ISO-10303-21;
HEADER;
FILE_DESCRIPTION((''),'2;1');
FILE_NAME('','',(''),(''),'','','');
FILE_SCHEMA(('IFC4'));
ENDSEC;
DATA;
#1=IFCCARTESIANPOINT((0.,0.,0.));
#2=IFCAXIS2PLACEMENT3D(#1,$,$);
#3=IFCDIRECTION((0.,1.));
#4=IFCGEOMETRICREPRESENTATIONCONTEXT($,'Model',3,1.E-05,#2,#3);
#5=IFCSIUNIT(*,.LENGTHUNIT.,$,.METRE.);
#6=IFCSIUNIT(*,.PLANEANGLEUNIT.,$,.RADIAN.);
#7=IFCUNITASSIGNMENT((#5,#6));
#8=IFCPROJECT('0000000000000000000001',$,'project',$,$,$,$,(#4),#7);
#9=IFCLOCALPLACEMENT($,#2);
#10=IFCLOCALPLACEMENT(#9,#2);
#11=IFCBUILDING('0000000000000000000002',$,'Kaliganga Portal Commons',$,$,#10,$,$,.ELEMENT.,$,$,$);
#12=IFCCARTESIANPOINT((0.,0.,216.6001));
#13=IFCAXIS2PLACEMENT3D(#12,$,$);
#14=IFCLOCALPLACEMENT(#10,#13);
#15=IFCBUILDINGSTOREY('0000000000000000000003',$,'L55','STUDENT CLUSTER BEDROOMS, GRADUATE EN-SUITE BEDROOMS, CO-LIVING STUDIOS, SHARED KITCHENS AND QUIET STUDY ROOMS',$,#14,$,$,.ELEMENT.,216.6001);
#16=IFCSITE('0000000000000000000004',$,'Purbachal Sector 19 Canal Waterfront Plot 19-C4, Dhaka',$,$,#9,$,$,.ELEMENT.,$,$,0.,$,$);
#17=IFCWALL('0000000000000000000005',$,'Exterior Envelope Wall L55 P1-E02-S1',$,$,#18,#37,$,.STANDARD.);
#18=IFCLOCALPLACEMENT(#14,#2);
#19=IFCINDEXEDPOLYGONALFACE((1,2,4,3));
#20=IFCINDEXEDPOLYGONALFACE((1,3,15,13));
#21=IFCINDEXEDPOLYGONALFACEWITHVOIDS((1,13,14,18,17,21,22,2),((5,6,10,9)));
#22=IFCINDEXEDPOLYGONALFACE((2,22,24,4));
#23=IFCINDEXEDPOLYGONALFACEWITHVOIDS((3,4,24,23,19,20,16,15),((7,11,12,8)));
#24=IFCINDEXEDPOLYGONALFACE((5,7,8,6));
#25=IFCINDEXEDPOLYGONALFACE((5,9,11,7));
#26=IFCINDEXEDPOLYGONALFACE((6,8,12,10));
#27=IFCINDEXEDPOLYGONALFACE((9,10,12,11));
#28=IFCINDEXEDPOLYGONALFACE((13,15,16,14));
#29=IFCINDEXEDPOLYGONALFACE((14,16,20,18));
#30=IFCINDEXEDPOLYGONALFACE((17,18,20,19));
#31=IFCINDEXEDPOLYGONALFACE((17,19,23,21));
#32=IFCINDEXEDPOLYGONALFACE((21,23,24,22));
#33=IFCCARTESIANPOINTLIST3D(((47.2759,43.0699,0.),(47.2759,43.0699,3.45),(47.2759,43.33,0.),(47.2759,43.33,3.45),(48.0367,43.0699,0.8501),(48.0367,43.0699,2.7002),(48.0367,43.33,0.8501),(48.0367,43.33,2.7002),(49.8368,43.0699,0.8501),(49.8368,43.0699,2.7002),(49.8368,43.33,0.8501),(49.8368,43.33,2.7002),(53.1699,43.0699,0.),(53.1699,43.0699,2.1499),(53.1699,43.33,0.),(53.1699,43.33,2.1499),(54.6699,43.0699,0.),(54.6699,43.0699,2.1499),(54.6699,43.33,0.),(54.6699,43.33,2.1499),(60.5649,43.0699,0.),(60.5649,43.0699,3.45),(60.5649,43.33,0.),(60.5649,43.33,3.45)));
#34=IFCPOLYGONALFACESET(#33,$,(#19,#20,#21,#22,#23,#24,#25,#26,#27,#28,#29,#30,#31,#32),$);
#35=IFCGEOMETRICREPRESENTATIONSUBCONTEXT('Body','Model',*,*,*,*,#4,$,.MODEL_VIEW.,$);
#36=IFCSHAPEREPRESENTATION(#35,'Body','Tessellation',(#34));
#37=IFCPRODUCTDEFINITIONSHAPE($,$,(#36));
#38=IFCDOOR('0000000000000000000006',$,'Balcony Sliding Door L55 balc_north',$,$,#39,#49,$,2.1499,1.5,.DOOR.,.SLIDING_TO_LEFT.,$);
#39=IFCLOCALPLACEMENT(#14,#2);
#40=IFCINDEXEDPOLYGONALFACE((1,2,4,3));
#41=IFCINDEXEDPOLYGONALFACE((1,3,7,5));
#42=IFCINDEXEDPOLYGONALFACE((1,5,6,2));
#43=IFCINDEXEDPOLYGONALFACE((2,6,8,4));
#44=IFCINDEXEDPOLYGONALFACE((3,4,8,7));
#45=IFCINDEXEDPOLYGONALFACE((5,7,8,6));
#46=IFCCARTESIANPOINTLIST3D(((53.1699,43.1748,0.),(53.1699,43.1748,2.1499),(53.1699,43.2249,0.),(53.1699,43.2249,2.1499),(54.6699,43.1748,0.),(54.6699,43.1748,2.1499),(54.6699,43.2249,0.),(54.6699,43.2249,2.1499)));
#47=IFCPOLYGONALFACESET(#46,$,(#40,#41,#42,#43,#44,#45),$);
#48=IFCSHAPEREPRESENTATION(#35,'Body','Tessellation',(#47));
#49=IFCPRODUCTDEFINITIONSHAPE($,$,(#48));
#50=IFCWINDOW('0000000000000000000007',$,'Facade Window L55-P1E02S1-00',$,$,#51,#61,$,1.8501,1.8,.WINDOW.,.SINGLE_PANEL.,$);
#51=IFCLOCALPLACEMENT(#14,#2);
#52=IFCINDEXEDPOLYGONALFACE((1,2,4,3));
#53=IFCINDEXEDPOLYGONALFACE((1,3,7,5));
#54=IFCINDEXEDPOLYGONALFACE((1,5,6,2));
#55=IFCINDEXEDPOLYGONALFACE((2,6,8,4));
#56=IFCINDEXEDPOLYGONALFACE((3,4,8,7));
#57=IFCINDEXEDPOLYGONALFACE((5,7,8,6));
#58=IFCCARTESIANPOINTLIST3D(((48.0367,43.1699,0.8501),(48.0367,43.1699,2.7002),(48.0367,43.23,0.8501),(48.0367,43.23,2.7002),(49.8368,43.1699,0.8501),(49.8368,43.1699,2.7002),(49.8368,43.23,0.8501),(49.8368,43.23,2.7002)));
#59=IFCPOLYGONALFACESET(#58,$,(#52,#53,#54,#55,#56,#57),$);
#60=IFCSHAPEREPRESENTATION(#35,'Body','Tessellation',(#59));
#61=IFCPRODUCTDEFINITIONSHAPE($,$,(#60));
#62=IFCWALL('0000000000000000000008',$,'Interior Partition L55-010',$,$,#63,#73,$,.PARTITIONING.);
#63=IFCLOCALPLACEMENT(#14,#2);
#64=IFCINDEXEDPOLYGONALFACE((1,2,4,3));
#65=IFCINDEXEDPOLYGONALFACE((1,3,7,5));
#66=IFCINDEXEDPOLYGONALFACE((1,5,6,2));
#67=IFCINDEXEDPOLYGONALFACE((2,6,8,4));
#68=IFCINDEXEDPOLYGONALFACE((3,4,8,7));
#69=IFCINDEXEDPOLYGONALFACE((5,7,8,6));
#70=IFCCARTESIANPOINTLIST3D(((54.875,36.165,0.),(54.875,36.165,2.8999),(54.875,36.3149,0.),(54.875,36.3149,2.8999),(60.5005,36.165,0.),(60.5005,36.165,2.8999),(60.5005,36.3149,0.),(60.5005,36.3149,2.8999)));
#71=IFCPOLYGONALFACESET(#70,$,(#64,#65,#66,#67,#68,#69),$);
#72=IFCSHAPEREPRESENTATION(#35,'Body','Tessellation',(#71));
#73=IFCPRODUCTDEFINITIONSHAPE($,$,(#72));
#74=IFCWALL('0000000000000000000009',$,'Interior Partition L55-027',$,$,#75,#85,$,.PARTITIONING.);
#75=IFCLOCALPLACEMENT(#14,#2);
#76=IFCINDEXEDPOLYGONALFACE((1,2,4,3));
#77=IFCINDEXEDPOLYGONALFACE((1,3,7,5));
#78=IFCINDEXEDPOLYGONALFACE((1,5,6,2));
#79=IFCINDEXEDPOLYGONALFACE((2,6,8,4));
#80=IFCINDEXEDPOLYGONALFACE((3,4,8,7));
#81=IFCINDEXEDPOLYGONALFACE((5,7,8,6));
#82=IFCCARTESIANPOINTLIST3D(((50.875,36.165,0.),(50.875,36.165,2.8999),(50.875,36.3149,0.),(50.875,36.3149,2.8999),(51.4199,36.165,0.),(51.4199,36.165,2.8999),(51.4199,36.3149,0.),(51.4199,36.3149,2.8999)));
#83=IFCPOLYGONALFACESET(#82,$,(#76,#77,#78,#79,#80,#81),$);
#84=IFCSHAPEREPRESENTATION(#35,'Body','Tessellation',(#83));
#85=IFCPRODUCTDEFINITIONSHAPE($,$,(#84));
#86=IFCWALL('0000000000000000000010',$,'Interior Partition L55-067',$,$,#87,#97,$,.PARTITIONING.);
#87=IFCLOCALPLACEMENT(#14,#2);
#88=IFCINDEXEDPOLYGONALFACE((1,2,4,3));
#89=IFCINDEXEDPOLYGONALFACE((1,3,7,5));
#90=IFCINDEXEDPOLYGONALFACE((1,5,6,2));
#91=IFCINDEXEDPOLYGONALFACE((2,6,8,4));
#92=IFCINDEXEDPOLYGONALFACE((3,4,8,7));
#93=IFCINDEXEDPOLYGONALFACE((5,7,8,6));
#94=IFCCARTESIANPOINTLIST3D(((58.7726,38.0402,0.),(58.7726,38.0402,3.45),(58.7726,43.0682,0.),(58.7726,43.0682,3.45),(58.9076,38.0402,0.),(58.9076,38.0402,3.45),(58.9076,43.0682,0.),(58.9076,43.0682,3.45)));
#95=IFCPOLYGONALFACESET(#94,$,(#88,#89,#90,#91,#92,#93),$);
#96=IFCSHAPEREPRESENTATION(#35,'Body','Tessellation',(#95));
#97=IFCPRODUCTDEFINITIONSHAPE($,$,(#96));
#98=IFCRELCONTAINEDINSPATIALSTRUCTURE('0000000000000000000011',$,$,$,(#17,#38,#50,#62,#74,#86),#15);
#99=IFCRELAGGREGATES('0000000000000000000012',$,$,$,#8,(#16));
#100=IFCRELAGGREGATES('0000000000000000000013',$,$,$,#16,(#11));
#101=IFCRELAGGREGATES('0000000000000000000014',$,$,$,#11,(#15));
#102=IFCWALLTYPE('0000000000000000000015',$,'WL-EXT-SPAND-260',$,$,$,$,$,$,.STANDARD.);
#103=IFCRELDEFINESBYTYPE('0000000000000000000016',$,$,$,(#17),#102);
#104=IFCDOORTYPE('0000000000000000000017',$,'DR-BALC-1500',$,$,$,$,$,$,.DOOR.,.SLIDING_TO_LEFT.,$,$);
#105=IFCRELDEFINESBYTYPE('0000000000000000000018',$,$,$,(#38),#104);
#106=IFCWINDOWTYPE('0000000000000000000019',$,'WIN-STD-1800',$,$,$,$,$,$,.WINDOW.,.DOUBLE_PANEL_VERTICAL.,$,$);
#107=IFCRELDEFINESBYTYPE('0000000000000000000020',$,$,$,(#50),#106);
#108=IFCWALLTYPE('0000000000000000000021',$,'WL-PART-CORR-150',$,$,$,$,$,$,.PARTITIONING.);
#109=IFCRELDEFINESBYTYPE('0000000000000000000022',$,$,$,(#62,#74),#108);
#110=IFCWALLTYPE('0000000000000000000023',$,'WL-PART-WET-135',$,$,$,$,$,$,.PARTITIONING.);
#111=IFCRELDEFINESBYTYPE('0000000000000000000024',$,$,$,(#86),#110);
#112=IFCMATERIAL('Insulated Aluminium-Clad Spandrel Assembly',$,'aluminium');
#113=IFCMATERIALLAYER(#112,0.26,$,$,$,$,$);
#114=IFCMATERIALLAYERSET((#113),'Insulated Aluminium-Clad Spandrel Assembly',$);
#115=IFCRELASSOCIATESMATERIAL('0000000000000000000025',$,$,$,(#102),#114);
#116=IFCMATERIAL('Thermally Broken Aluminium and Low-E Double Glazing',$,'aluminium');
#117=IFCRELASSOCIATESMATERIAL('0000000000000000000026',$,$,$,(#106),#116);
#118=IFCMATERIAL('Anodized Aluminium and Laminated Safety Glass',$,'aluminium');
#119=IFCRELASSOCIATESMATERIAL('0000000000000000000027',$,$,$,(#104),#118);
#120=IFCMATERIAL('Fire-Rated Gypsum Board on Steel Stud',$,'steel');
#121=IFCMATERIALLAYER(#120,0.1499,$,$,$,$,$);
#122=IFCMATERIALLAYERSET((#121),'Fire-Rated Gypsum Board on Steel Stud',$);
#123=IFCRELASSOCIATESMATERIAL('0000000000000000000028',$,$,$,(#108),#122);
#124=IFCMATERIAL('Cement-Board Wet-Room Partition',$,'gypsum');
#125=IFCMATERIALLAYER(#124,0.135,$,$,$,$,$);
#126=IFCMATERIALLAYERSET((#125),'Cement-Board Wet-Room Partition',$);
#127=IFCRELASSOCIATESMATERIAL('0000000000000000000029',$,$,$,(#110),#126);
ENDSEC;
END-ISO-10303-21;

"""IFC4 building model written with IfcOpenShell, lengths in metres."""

from ifc_helpers import new_model, si_unit, direction, frame, frame_2d, origin, place, context, subcontext, project, spatial, rectangle, extrude, material, layer, layer_set, type_object, element, fill, save


model = new_model("IFC4")

# Units and contexts
model_context = context("Model", 3, precision=1e-05, world=origin(), true_north=direction((0.0, 1.0)))
body_context = subcontext(model_context, "Body", "Model", "MODEL_VIEW")
ifc_project = project(units=[si_unit("LENGTHUNIT", "METRE"), si_unit("PLANEANGLEUNIT", "RADIAN")], contexts=[model_context])

# Site, building, storey
site_placement = place(None, origin())
site = spatial("IfcSite", under=ifc_project, at=site_placement, Name="Purbachal Sector 19 Canal Waterfront Plot 19-C4, Dhaka", CompositionType="ELEMENT", RefElevation=0.0)
building_placement = place(site_placement, origin())
building = spatial("IfcBuilding", under=site, at=building_placement, Name="Kaliganga Portal Commons", CompositionType="ELEMENT")
storey_placement = place(building_placement, frame((0.0, 0.0, 216.6001)))
storey = spatial("IfcBuildingStorey", under=building, at=storey_placement, Name="L55", Description="STUDENT CLUSTER BEDROOMS, GRADUATE EN-SUITE BEDROOMS, CO-LIVING STUDIOS, SHARED KITCHENS AND QUIET STUDY ROOMS", CompositionType="ELEMENT", Elevation=216.6001)

# Shared definitions
ifc_material_1 = material(Name="Insulated Aluminium-Clad Spandrel Assembly", Category="aluminium")
ifc_layer_1 = layer(ifc_material_1, 0.26)
ifc_layer_set_1 = layer_set([ifc_layer_1], Name="Insulated Aluminium-Clad Spandrel Assembly")
wall_type_1 = type_object("IfcWallType", Name="WL-EXT-SPAND-260", PredefinedType="STANDARD", material=ifc_layer_set_1)
ifc_material_2 = material(Name="Thermally Broken Aluminium and Low-E Double Glazing", Category="aluminium")
window_type_1 = type_object("IfcWindowType", Name="WIN-STD-1800", PartitioningType="DOUBLE_PANEL_VERTICAL", PredefinedType="WINDOW", material=ifc_material_2)

# Wall, openings, door, window
wall_1_placement = place(storey_placement, frame((47.2759, 43.2, 0.0), z_axis=(0.0, 0.0, 1.0), x_axis=(1.0, 0.0, 0.0)))
wall_1 = element("IfcWall", 1, at=wall_1_placement, inside=storey, type_object=wall_type_1, Name="Exterior Envelope Wall L55 P1-E02-S1", PredefinedType="STANDARD", context=body_context, shape_type="SweptSolid", body=[
    extrude(rectangle(XDim=13.2891, YDim=0.26, at=frame_2d((6.6445, 0.0))), origin(), (0.0, 0.0, 1.0), 3.45),
])
opening_1_placement = place(wall_1_placement, frame((5.894, 0.0, 0.0)))
opening_1 = element("IfcOpeningElement", 2, at=opening_1_placement, cuts=wall_1, PredefinedType="OPENING", context=body_context, shape_type="SweptSolid", body=[
    extrude(rectangle(XDim=1.5, YDim=2.1499, at=frame_2d((0.75, 1.075))), frame((0.0, 0.1401, 0.0), z_axis=(0.0, -1.0, 0.0), x_axis=(1.0, 0.0, 0.0)), (0.0, 0.0, 1.0), 0.28),
])
opening_2_placement = place(wall_1_placement, frame((0.761, 0.0, 0.8501)))
opening_2 = element("IfcOpeningElement", 3, at=opening_2_placement, cuts=wall_1, PredefinedType="OPENING", context=body_context, shape_type="SweptSolid", body=[
    extrude(rectangle(XDim=1.8, YDim=1.8501, at=frame_2d((0.8999, 0.925))), frame((0.0, 0.1401, 0.0), z_axis=(0.0, -1.0, 0.0), x_axis=(1.0, 0.0, 0.0)), (0.0, 0.0, 1.0), 0.28),
])
ifc_material_3 = material(Name="Anodized Aluminium and Laminated Safety Glass", Category="aluminium")
door_type_1 = type_object("IfcDoorType", Name="DR-BALC-1500", OperationType="SLIDING_TO_LEFT", PredefinedType="DOOR", material=ifc_material_3)
door_1_placement = place(opening_1_placement, origin())
door_1 = element("IfcDoor", 4, at=door_1_placement, inside=storey, type_object=door_type_1, Name="Balcony Sliding Door L55 balc_north", OperationType="SLIDING_TO_LEFT", OverallHeight=2.1499, OverallWidth=1.5, PredefinedType="DOOR", context=body_context, shape_type="SweptSolid", body=[
    extrude(rectangle(XDim=1.5, YDim=2.1499, at=frame_2d((0.75, 1.075))), frame((0.0, 0.0249, 0.0), z_axis=(0.0, -1.0, 0.0), x_axis=(1.0, 0.0, 0.0)), (0.0, 0.0, 1.0), 0.05),
])
fill(opening_1, door_1)
window_1_placement = place(opening_2_placement, origin())
window_1 = element("IfcWindow", 5, at=window_1_placement, inside=storey, type_object=window_type_1, Name="Facade Window L55-P1E02S1-00", OverallHeight=1.8501, OverallWidth=1.8, PartitioningType="SINGLE_PANEL", PredefinedType="WINDOW", context=body_context, shape_type="SweptSolid", body=[
    extrude(rectangle(XDim=1.8, YDim=1.8501, at=frame_2d((0.8999, 0.925))), frame((0.0, 0.03, 0.0), z_axis=(0.0, -1.0, 0.0), x_axis=(1.0, 0.0, 0.0)), (0.0, 0.0, 1.0), 0.0601),
])
fill(opening_2, window_1)

# Shared definitions
ifc_material_4 = material(Name="Fire-Rated Gypsum Board on Steel Stud", Category="steel")
ifc_layer_2 = layer(ifc_material_4, 0.1499)
ifc_layer_set_2 = layer_set([ifc_layer_2], Name="Fire-Rated Gypsum Board on Steel Stud")
wall_type_2 = type_object("IfcWallType", Name="WL-PART-CORR-150", PredefinedType="PARTITIONING", material=ifc_layer_set_2)

# Wall
wall_2_placement = place(storey_placement, frame((54.875, 36.24, 0.0), z_axis=(0.0, 0.0, 1.0), x_axis=(1.0, 0.0, 0.0)))
element("IfcWall", 6, at=wall_2_placement, inside=storey, type_object=wall_type_2, Name="Interior Partition L55-010", PredefinedType="PARTITIONING", context=body_context, shape_type="SweptSolid", body=[
    extrude(rectangle(XDim=5.6255, YDim=0.1499, at=frame_2d((2.8127, 0.0))), origin(), (0.0, 0.0, 1.0), 2.8999),
])

# Wall
wall_3_placement = place(storey_placement, frame((50.875, 36.24, 0.0), z_axis=(0.0, 0.0, 1.0), x_axis=(1.0, 0.0, 0.0)))
element("IfcWall", 7, at=wall_3_placement, inside=storey, type_object=wall_type_2, Name="Interior Partition L55-027", PredefinedType="PARTITIONING", context=body_context, shape_type="SweptSolid", body=[
    extrude(rectangle(XDim=0.5449, YDim=0.1499, at=frame_2d((0.2725, 0.0))), origin(), (0.0, 0.0, 1.0), 2.8999),
])

# Wall
ifc_material_5 = material(Name="Cement-Board Wet-Room Partition", Category="gypsum")
ifc_layer_3 = layer(ifc_material_5, 0.135)
ifc_layer_set_3 = layer_set([ifc_layer_3], Name="Cement-Board Wet-Room Partition")
wall_type_3 = type_object("IfcWallType", Name="WL-PART-WET-135", PredefinedType="PARTITIONING", material=ifc_layer_set_3)
wall_4_placement = place(storey_placement, frame((58.8401, 38.04, 0.0), z_axis=(0.0, 0.0, 1.0), x_axis=(0.0, 1.0, 0.0)))
element("IfcWall", 8, at=wall_4_placement, inside=storey, type_object=wall_type_3, Name="Interior Partition L55-067", PredefinedType="PARTITIONING", context=body_context, shape_type="SweptSolid", body=[
    extrude(rectangle(XDim=5.0281, YDim=0.135, at=frame_2d((2.5142, 0.0))), origin(), (0.0, 0.0, 1.0), 3.45),
])

save(model, "model.ifc")
